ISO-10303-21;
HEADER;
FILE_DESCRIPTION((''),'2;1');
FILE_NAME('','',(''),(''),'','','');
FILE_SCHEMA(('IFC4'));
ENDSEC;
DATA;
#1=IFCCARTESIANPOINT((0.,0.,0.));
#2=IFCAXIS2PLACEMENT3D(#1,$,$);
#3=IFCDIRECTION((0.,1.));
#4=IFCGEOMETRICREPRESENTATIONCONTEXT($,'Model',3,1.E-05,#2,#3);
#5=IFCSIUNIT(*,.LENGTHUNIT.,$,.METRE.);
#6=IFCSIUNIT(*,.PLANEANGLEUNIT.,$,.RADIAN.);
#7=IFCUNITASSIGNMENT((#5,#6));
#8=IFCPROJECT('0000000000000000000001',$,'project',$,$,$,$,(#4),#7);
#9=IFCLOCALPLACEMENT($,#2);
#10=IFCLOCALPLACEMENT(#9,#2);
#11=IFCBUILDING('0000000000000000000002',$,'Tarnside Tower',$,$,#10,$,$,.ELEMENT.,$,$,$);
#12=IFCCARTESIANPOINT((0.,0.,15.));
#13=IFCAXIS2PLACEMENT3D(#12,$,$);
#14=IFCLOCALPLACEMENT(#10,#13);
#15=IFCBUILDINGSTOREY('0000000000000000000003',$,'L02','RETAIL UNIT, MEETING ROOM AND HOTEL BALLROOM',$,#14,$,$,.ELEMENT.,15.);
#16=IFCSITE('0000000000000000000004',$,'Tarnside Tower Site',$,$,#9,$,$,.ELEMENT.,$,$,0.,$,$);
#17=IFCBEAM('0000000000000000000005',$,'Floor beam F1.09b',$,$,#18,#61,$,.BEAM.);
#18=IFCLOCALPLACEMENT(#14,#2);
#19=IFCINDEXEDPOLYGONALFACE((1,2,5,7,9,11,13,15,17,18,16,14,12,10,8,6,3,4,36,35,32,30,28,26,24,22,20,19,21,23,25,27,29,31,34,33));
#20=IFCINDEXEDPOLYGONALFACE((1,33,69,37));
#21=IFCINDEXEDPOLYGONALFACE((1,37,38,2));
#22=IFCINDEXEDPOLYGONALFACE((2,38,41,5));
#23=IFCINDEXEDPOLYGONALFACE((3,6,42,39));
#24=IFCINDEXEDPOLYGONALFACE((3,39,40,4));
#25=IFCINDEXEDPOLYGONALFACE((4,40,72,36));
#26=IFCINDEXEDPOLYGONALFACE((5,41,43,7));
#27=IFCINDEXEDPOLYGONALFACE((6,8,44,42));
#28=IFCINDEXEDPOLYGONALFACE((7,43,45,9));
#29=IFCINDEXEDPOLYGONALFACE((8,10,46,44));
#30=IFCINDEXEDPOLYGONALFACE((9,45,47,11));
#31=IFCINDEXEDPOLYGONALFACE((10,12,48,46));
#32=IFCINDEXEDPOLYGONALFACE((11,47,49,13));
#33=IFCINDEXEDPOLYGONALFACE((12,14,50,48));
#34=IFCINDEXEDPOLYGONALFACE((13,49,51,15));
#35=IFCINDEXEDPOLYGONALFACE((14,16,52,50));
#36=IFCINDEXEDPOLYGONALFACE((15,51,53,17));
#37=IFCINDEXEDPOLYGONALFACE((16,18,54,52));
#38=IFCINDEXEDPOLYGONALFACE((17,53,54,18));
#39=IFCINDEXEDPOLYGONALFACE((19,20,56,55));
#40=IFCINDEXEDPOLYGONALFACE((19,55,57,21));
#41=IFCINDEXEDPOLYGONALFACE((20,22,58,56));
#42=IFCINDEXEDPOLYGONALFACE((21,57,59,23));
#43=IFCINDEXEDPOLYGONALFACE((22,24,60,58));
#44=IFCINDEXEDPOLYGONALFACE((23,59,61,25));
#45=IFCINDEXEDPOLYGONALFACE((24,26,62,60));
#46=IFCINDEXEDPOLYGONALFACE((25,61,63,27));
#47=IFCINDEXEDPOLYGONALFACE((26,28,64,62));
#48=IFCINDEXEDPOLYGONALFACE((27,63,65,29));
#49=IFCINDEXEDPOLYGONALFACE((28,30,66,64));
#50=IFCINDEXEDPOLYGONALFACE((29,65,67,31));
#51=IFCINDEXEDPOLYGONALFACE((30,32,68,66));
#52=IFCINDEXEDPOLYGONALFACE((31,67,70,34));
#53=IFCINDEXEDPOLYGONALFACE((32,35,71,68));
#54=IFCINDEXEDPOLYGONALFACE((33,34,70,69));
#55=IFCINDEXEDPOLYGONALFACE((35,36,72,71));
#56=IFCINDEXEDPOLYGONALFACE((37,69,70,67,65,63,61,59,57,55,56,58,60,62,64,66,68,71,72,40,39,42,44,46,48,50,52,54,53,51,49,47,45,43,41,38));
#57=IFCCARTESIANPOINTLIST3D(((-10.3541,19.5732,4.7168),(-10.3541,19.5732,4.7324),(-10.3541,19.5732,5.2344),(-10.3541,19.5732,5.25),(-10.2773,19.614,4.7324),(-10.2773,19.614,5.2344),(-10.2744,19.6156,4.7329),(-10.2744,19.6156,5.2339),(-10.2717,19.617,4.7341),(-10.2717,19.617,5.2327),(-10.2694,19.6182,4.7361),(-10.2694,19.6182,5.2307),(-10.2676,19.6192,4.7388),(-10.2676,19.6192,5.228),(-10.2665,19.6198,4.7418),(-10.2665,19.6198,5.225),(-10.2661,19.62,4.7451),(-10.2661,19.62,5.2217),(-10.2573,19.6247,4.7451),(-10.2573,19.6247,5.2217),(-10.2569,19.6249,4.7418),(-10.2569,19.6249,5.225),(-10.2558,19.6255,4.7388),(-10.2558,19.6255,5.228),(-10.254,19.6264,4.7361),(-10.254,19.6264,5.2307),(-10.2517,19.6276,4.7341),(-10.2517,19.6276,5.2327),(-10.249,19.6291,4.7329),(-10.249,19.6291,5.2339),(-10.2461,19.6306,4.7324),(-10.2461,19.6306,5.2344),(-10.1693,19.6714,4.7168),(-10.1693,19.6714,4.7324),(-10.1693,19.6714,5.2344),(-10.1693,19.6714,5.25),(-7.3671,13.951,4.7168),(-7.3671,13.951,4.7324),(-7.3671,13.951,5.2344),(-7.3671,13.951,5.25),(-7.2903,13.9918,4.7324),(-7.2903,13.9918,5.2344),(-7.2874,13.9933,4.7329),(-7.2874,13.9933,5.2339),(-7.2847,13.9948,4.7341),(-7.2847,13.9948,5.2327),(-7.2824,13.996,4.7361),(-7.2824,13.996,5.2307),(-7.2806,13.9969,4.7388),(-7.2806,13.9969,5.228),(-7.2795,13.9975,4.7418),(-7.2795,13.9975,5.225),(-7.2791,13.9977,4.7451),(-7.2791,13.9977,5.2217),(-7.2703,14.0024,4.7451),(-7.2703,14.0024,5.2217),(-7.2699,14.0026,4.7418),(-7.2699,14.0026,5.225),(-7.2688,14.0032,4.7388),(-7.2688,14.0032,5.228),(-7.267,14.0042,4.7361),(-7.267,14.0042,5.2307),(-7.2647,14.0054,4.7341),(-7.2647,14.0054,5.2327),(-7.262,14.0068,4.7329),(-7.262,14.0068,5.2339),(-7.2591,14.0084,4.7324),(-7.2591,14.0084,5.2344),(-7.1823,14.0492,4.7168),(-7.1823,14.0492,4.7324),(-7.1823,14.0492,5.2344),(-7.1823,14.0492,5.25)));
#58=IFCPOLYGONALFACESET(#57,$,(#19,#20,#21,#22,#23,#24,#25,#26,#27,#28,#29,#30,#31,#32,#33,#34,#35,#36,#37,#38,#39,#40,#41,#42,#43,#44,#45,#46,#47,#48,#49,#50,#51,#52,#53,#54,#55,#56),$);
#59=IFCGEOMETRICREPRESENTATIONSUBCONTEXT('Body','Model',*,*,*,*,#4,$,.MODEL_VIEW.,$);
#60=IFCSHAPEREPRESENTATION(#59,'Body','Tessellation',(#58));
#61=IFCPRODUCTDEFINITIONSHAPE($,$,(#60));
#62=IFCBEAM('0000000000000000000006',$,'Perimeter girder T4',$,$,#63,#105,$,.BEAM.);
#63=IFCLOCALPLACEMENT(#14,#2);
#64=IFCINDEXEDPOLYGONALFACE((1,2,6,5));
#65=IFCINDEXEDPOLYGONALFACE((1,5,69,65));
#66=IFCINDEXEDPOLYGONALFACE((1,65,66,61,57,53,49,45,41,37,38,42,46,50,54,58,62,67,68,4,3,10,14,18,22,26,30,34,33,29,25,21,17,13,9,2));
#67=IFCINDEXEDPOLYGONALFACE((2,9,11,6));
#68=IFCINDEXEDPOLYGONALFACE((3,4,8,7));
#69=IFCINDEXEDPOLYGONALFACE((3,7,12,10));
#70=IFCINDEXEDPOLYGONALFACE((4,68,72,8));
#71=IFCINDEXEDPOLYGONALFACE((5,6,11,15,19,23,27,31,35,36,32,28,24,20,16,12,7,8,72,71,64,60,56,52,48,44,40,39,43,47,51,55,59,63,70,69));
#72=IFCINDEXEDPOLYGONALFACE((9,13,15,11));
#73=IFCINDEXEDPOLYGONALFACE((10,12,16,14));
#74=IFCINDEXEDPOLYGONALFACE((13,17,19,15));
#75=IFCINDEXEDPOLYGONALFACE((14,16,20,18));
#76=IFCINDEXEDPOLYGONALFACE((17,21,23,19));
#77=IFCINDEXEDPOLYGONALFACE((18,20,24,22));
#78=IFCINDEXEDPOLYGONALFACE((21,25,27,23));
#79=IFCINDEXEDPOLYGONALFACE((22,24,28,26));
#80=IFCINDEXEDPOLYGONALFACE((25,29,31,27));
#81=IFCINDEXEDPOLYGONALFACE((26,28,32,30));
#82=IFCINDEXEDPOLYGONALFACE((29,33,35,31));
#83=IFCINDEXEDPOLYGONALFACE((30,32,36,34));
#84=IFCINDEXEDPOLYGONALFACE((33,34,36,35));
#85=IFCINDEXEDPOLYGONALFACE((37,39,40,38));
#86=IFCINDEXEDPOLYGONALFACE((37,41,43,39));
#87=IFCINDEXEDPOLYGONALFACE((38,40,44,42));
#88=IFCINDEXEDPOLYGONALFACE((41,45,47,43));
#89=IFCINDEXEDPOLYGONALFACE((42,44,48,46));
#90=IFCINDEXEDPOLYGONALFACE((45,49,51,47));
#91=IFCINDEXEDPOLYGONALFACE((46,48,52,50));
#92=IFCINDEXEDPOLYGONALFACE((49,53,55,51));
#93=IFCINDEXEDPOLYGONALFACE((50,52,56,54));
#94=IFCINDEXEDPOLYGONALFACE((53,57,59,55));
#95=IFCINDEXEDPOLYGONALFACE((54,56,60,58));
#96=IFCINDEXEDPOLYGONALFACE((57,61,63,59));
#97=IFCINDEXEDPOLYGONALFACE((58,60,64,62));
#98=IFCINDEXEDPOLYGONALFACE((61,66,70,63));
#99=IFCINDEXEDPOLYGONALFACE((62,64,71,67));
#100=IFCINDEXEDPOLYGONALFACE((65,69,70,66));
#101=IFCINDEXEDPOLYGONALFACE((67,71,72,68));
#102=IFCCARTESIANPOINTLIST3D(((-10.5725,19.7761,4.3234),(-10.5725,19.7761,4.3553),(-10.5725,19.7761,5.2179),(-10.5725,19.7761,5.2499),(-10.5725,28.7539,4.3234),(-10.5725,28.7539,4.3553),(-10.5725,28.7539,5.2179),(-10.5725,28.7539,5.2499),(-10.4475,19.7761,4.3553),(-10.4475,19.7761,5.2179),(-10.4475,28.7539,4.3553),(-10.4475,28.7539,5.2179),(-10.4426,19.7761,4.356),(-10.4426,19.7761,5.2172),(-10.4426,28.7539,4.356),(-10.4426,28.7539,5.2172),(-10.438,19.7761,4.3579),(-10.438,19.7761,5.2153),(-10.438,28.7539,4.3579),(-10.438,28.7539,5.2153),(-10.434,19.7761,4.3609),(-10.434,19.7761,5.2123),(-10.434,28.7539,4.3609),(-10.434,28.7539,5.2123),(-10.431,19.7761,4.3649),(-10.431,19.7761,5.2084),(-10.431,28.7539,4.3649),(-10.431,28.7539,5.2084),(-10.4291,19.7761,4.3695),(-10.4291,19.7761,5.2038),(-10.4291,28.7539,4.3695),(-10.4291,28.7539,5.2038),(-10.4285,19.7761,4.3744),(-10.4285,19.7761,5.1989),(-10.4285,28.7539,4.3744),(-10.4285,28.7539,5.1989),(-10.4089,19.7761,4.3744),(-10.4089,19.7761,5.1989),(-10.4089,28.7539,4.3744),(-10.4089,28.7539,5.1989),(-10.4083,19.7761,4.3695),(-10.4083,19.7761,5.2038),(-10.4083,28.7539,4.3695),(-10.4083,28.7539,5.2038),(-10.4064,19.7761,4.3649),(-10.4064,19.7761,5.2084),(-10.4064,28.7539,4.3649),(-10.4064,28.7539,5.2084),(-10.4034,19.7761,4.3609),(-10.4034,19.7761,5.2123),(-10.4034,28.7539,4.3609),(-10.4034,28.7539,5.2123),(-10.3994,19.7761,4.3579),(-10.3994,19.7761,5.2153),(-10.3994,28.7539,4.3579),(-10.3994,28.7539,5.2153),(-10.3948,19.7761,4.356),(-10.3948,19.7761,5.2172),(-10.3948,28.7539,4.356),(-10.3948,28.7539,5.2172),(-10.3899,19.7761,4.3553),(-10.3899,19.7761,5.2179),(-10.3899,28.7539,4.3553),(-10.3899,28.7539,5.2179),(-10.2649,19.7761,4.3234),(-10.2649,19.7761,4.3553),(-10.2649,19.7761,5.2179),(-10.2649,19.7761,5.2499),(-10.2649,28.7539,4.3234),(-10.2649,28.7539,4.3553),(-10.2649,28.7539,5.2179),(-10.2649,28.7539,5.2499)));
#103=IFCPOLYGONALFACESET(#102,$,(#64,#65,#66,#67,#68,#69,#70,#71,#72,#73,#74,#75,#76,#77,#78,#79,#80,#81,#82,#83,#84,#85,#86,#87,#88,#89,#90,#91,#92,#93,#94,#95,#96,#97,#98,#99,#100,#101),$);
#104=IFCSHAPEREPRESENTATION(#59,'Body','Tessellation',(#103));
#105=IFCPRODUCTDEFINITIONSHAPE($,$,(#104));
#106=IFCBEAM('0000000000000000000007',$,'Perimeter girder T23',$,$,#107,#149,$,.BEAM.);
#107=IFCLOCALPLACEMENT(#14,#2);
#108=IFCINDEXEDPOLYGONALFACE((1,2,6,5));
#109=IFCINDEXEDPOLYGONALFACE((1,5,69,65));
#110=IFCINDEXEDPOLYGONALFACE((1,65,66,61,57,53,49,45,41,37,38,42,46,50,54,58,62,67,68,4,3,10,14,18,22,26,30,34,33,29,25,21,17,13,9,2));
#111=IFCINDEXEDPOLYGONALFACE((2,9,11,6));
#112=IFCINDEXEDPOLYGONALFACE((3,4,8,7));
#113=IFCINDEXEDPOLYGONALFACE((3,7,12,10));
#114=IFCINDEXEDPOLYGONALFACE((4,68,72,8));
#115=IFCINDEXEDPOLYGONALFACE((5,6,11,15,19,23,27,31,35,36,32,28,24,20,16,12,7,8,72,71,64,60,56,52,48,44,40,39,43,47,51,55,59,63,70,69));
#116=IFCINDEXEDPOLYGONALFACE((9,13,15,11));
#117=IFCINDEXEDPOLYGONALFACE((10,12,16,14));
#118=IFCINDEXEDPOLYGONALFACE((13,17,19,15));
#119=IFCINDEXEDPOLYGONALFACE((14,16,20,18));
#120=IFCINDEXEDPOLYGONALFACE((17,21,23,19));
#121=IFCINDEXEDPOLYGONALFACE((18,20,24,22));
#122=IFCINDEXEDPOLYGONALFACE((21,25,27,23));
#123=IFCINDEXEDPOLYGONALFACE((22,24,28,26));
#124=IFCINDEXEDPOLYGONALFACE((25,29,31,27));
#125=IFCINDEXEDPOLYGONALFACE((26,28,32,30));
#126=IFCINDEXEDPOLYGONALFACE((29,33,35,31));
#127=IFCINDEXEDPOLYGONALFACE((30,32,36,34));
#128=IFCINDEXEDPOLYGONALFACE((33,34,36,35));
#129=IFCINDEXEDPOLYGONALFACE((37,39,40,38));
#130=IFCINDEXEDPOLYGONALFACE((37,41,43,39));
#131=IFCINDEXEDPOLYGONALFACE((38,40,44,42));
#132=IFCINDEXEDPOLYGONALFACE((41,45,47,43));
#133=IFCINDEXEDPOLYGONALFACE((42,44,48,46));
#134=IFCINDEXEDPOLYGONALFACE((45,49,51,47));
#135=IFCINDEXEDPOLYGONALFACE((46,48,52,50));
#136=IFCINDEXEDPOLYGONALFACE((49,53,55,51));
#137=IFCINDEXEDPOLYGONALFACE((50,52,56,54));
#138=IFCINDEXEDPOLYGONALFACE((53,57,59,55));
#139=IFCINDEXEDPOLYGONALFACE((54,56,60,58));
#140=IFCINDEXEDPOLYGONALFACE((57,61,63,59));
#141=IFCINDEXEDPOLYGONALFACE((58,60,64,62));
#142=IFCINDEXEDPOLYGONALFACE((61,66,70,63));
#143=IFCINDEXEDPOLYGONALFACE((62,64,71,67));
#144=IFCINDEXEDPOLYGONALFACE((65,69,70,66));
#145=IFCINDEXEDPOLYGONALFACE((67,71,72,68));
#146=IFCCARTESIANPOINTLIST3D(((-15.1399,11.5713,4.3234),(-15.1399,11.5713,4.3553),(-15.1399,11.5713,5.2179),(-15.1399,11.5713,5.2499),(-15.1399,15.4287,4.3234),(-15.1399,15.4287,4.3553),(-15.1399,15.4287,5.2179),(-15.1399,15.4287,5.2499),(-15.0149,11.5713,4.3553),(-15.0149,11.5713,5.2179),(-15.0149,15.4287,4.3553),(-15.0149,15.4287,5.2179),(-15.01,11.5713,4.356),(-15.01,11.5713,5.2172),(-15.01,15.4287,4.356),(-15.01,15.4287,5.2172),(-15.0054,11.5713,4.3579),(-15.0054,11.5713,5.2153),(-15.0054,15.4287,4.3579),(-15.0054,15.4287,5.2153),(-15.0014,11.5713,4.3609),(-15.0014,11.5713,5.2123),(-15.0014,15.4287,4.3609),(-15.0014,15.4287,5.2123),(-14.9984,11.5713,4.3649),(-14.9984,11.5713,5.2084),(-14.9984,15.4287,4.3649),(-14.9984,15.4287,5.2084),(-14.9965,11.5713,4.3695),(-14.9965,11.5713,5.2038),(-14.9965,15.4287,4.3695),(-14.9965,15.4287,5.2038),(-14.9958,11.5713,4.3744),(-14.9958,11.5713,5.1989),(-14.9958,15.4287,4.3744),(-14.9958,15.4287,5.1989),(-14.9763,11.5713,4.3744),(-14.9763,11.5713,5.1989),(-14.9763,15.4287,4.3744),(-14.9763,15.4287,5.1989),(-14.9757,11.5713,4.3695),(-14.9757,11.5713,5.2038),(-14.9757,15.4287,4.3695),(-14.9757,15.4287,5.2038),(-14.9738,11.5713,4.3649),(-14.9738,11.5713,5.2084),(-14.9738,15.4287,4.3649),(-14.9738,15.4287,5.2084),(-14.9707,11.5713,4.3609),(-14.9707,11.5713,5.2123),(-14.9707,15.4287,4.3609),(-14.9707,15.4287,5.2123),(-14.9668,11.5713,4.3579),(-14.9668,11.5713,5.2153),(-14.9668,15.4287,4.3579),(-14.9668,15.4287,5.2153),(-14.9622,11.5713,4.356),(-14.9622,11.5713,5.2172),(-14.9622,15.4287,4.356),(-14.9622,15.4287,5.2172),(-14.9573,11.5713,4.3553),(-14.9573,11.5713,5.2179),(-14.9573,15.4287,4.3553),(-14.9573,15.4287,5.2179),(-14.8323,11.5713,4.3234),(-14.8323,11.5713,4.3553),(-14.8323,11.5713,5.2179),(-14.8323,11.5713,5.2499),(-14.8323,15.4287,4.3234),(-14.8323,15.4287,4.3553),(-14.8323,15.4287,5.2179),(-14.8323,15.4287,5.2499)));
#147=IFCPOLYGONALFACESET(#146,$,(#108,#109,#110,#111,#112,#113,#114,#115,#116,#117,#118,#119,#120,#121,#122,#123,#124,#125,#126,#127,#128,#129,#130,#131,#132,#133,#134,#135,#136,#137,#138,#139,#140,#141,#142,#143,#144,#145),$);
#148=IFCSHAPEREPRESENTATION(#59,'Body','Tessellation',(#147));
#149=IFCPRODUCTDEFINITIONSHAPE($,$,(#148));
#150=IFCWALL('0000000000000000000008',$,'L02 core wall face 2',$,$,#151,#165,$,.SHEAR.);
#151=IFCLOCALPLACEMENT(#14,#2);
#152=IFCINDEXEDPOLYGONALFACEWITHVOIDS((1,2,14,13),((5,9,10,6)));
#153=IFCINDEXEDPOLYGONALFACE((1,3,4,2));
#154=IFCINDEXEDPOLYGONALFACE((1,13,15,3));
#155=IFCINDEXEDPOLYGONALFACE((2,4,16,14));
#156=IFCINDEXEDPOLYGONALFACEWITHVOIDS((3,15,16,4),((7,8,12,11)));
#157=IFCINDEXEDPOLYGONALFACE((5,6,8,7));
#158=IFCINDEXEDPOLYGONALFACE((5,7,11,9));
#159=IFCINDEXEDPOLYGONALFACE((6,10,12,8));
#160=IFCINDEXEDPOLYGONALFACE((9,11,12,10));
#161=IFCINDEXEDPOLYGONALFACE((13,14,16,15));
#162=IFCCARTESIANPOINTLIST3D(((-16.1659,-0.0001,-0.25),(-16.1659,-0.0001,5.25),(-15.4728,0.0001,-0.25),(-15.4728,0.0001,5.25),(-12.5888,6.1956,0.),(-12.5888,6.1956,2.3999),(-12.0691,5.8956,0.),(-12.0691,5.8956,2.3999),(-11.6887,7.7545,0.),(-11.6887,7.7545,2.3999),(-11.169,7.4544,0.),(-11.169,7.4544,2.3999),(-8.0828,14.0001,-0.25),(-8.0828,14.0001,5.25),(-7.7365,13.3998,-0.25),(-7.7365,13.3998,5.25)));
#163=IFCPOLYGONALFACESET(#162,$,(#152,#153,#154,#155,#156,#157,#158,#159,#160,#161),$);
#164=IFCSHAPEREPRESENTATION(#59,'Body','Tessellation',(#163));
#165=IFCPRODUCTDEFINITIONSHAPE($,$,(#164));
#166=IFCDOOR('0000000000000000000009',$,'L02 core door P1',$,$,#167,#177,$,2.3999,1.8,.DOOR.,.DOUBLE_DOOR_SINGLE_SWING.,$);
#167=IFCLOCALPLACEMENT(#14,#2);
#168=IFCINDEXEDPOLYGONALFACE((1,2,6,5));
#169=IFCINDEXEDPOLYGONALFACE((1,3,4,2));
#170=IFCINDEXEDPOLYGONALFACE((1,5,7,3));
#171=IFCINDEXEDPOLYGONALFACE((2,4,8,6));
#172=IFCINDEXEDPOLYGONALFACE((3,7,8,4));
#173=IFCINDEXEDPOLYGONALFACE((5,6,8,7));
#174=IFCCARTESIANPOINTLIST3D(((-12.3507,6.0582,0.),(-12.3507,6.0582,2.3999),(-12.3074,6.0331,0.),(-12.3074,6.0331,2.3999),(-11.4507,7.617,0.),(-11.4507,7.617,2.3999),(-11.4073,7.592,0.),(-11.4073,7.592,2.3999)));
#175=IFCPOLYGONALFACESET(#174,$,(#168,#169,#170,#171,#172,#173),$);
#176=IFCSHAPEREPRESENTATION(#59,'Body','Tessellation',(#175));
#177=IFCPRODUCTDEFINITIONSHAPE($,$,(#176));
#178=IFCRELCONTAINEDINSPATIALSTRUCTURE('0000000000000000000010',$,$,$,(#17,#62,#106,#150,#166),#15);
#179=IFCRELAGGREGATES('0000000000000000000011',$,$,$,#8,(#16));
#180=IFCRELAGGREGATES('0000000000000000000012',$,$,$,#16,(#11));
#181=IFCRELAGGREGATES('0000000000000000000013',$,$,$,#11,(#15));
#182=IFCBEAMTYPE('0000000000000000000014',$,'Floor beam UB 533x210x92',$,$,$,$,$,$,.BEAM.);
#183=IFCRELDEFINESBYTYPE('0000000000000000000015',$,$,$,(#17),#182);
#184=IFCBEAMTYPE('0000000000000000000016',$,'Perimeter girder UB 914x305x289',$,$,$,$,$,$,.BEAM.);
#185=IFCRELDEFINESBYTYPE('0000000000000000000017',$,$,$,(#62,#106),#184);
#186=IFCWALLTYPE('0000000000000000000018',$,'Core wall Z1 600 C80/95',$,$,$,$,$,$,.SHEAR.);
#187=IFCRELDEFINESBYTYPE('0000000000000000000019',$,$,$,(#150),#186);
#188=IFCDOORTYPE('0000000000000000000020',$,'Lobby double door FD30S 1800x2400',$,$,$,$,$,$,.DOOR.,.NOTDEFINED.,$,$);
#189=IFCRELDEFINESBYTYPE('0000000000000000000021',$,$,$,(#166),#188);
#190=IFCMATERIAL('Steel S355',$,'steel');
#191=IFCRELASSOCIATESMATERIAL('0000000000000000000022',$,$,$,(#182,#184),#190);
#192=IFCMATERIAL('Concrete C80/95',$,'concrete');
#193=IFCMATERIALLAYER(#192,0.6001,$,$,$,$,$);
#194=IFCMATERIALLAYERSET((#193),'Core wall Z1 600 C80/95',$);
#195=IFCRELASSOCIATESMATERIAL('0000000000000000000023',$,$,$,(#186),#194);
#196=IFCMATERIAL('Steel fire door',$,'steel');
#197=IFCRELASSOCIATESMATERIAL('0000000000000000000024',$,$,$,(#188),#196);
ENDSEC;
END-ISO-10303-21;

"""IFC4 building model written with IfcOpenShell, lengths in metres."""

from ifc_helpers import new_model, si_unit, direction, frame, frame_2d, origin, origin_2d, place, context, subcontext, project, spatial, polyline, rectangle, i_section, outline, extrude, material, layer, layer_set, material_profile, profile_set, type_object, element, fill, save


model = new_model("IFC4")

# Units and contexts
model_context = context("Model", 3, precision=1e-05, world=origin(), true_north=direction((0.0, 1.0)))
body_context = subcontext(model_context, "Body", "Model", "MODEL_VIEW")
ifc_project = project(units=[si_unit("LENGTHUNIT", "METRE"), si_unit("PLANEANGLEUNIT", "RADIAN")], contexts=[model_context])

# Site, building, storey
site_placement = place(None, origin())
site = spatial("IfcSite", under=ifc_project, at=site_placement, Name="Tarnside Tower Site", CompositionType="ELEMENT", RefElevation=0.0)
building_placement = place(site_placement, origin())
building = spatial("IfcBuilding", under=site, at=building_placement, Name="Tarnside Tower", CompositionType="ELEMENT")
storey_placement = place(building_placement, frame((0.0, 0.0, 15.0)))
storey = spatial("IfcBuildingStorey", under=building, at=storey_placement, Name="L02", Description="RETAIL UNIT, MEETING ROOM AND HOTEL BALLROOM", CompositionType="ELEMENT", Elevation=15.0)

# Beams
ifc_material_1 = material(Name="Steel S355", Category="steel")
ifc_material_profile_1 = material_profile(ifc_material_1, i_section(OverallWidth=0.2092, OverallDepth=0.5332, WebThickness=0.01, FlangeThickness=0.0156, FilletRadius=0.0127, at=origin_2d()), Name="UB 533x210x92")
ifc_profile_set_1 = profile_set([ifc_material_profile_1], Name="Steel S355")
beam_type_1 = type_object("IfcBeamType", Name="Floor beam UB 533x210x92", PredefinedType="BEAM", material=ifc_profile_set_1)
beam_1_placement = place(storey_placement, frame((-10.2617, 19.6223, 4.9834), z_axis=(0.46918, -0.883102, 0.0), x_axis=(0.883102, 0.46918, 0.0)))
element("IfcBeam", 1, at=beam_1_placement, inside=storey, type_object=beam_type_1, Name="Floor beam F1.09b", PredefinedType="BEAM", context=body_context, shape_type="SweptSolid", body=[
    extrude(i_section(OverallWidth=0.2092, OverallDepth=0.5332, WebThickness=0.01, FlangeThickness=0.0156, FilletRadius=0.0127, at=origin_2d()), origin(), (0.0, 0.0, 1.0), 6.3665),
])
ifc_material_profile_2 = material_profile(ifc_material_1, i_section(OverallWidth=0.3076, OverallDepth=0.9265, WebThickness=0.0195, FlangeThickness=0.032, FilletRadius=0.019, at=origin_2d()), Name="UB 914x305x289")
ifc_profile_set_2 = profile_set([ifc_material_profile_2], Name="Steel S355")
beam_type_2 = type_object("IfcBeamType", Name="Perimeter girder UB 914x305x289", PredefinedType="BEAM", material=ifc_profile_set_2)
beam_2_placement = place(storey_placement, frame((-10.4187, 19.7761, 4.7866), z_axis=(0.0, 1.0, 0.0), x_axis=(-1.0, 0.0, 0.0)))
element("IfcBeam", 2, at=beam_2_placement, inside=storey, type_object=beam_type_2, Name="Perimeter girder T4", PredefinedType="BEAM", context=body_context, shape_type="SweptSolid", body=[
    extrude(i_section(OverallWidth=0.3076, OverallDepth=0.9265, WebThickness=0.0195, FlangeThickness=0.032, FilletRadius=0.019, at=origin_2d()), origin(), (0.0, 0.0, 1.0), 8.9778),
])
beam_3_placement = place(storey_placement, frame((-14.9861, 15.4287, 4.7866), z_axis=(0.0, -1.0, 0.0), x_axis=(1.0, 0.0, 0.0)))
element("IfcBeam", 3, at=beam_3_placement, inside=storey, type_object=beam_type_2, Name="Perimeter girder T23", PredefinedType="BEAM", context=body_context, shape_type="SweptSolid", body=[
    extrude(i_section(OverallWidth=0.3076, OverallDepth=0.9265, WebThickness=0.0195, FlangeThickness=0.032, FilletRadius=0.019, at=origin_2d()), origin(), (0.0, 0.0, 1.0), 3.8574),
])

# Wall, opening, door
ifc_material_2 = material(Name="Concrete C80/95", Category="concrete")
ifc_layer_1 = layer(ifc_material_2, 0.6001)
ifc_layer_set_1 = layer_set([ifc_layer_1], Name="Core wall Z1 600 C80/95")
wall_type_1 = type_object("IfcWallType", Name="Core wall Z1 600 C80/95", PredefinedType="SHEAR", material=ifc_layer_set_1)
wall_1_placement = place(storey_placement, frame((-7.9097, 13.7, -0.25), z_axis=(0.0, 0.0, 1.0), x_axis=(-0.5, -0.866025, 0.0)))
wall_1 = element("IfcWall", 4, at=wall_1_placement, inside=storey, type_object=wall_type_1, Name="L02 core wall face 2", PredefinedType="SHEAR", context=body_context, shape_type="SweptSolid", body=[
    extrude(outline(polyline([(-0.1733, -0.3), (15.9927, -0.3), (15.646, 0.3), (0.1733, 0.3), (-0.1733, -0.3)])), origin(), (0.0, 0.0, 1.0), 5.5),
])
opening_1_placement = place(wall_1_placement, frame((7.0386, 0.0, 0.25)))
opening_1 = element("IfcOpeningElement", 5, at=opening_1_placement, cuts=wall_1, PredefinedType="OPENING", context=body_context, shape_type="SweptSolid", body=[
    extrude(rectangle(XDim=1.8, YDim=2.3999, at=frame_2d((0.8999, 1.2))), frame((0.0, 0.3101, 0.0), z_axis=(0.0, -1.0, 0.0), x_axis=(1.0, 0.0, 0.0)), (0.0, 0.0, 1.0), 0.6201),
])
ifc_material_3 = material(Name="Steel fire door", Category="steel")
door_type_1 = type_object("IfcDoorType", Name="Lobby double door FD30S 1800x2400", OperationType="NOTDEFINED", PredefinedType="DOOR", material=ifc_material_3)
door_1_placement = place(opening_1_placement, origin())
door_1 = element("IfcDoor", 6, at=door_1_placement, inside=storey, type_object=door_type_1, Name="L02 core door P1", OperationType="DOUBLE_DOOR_SINGLE_SWING", OverallHeight=2.3999, OverallWidth=1.8, PredefinedType="DOOR", context=body_context, shape_type="SweptSolid", body=[
    extrude(rectangle(XDim=1.8, YDim=2.3999, at=frame_2d((0.8999, 1.2))), frame((0.0, 0.0249, 0.0), z_axis=(0.0, -1.0, 0.0), x_axis=(1.0, 0.0, 0.0)), (0.0, 0.0, 1.0), 0.05),
])
fill(opening_1, door_1)

save(model, "model.ifc")
